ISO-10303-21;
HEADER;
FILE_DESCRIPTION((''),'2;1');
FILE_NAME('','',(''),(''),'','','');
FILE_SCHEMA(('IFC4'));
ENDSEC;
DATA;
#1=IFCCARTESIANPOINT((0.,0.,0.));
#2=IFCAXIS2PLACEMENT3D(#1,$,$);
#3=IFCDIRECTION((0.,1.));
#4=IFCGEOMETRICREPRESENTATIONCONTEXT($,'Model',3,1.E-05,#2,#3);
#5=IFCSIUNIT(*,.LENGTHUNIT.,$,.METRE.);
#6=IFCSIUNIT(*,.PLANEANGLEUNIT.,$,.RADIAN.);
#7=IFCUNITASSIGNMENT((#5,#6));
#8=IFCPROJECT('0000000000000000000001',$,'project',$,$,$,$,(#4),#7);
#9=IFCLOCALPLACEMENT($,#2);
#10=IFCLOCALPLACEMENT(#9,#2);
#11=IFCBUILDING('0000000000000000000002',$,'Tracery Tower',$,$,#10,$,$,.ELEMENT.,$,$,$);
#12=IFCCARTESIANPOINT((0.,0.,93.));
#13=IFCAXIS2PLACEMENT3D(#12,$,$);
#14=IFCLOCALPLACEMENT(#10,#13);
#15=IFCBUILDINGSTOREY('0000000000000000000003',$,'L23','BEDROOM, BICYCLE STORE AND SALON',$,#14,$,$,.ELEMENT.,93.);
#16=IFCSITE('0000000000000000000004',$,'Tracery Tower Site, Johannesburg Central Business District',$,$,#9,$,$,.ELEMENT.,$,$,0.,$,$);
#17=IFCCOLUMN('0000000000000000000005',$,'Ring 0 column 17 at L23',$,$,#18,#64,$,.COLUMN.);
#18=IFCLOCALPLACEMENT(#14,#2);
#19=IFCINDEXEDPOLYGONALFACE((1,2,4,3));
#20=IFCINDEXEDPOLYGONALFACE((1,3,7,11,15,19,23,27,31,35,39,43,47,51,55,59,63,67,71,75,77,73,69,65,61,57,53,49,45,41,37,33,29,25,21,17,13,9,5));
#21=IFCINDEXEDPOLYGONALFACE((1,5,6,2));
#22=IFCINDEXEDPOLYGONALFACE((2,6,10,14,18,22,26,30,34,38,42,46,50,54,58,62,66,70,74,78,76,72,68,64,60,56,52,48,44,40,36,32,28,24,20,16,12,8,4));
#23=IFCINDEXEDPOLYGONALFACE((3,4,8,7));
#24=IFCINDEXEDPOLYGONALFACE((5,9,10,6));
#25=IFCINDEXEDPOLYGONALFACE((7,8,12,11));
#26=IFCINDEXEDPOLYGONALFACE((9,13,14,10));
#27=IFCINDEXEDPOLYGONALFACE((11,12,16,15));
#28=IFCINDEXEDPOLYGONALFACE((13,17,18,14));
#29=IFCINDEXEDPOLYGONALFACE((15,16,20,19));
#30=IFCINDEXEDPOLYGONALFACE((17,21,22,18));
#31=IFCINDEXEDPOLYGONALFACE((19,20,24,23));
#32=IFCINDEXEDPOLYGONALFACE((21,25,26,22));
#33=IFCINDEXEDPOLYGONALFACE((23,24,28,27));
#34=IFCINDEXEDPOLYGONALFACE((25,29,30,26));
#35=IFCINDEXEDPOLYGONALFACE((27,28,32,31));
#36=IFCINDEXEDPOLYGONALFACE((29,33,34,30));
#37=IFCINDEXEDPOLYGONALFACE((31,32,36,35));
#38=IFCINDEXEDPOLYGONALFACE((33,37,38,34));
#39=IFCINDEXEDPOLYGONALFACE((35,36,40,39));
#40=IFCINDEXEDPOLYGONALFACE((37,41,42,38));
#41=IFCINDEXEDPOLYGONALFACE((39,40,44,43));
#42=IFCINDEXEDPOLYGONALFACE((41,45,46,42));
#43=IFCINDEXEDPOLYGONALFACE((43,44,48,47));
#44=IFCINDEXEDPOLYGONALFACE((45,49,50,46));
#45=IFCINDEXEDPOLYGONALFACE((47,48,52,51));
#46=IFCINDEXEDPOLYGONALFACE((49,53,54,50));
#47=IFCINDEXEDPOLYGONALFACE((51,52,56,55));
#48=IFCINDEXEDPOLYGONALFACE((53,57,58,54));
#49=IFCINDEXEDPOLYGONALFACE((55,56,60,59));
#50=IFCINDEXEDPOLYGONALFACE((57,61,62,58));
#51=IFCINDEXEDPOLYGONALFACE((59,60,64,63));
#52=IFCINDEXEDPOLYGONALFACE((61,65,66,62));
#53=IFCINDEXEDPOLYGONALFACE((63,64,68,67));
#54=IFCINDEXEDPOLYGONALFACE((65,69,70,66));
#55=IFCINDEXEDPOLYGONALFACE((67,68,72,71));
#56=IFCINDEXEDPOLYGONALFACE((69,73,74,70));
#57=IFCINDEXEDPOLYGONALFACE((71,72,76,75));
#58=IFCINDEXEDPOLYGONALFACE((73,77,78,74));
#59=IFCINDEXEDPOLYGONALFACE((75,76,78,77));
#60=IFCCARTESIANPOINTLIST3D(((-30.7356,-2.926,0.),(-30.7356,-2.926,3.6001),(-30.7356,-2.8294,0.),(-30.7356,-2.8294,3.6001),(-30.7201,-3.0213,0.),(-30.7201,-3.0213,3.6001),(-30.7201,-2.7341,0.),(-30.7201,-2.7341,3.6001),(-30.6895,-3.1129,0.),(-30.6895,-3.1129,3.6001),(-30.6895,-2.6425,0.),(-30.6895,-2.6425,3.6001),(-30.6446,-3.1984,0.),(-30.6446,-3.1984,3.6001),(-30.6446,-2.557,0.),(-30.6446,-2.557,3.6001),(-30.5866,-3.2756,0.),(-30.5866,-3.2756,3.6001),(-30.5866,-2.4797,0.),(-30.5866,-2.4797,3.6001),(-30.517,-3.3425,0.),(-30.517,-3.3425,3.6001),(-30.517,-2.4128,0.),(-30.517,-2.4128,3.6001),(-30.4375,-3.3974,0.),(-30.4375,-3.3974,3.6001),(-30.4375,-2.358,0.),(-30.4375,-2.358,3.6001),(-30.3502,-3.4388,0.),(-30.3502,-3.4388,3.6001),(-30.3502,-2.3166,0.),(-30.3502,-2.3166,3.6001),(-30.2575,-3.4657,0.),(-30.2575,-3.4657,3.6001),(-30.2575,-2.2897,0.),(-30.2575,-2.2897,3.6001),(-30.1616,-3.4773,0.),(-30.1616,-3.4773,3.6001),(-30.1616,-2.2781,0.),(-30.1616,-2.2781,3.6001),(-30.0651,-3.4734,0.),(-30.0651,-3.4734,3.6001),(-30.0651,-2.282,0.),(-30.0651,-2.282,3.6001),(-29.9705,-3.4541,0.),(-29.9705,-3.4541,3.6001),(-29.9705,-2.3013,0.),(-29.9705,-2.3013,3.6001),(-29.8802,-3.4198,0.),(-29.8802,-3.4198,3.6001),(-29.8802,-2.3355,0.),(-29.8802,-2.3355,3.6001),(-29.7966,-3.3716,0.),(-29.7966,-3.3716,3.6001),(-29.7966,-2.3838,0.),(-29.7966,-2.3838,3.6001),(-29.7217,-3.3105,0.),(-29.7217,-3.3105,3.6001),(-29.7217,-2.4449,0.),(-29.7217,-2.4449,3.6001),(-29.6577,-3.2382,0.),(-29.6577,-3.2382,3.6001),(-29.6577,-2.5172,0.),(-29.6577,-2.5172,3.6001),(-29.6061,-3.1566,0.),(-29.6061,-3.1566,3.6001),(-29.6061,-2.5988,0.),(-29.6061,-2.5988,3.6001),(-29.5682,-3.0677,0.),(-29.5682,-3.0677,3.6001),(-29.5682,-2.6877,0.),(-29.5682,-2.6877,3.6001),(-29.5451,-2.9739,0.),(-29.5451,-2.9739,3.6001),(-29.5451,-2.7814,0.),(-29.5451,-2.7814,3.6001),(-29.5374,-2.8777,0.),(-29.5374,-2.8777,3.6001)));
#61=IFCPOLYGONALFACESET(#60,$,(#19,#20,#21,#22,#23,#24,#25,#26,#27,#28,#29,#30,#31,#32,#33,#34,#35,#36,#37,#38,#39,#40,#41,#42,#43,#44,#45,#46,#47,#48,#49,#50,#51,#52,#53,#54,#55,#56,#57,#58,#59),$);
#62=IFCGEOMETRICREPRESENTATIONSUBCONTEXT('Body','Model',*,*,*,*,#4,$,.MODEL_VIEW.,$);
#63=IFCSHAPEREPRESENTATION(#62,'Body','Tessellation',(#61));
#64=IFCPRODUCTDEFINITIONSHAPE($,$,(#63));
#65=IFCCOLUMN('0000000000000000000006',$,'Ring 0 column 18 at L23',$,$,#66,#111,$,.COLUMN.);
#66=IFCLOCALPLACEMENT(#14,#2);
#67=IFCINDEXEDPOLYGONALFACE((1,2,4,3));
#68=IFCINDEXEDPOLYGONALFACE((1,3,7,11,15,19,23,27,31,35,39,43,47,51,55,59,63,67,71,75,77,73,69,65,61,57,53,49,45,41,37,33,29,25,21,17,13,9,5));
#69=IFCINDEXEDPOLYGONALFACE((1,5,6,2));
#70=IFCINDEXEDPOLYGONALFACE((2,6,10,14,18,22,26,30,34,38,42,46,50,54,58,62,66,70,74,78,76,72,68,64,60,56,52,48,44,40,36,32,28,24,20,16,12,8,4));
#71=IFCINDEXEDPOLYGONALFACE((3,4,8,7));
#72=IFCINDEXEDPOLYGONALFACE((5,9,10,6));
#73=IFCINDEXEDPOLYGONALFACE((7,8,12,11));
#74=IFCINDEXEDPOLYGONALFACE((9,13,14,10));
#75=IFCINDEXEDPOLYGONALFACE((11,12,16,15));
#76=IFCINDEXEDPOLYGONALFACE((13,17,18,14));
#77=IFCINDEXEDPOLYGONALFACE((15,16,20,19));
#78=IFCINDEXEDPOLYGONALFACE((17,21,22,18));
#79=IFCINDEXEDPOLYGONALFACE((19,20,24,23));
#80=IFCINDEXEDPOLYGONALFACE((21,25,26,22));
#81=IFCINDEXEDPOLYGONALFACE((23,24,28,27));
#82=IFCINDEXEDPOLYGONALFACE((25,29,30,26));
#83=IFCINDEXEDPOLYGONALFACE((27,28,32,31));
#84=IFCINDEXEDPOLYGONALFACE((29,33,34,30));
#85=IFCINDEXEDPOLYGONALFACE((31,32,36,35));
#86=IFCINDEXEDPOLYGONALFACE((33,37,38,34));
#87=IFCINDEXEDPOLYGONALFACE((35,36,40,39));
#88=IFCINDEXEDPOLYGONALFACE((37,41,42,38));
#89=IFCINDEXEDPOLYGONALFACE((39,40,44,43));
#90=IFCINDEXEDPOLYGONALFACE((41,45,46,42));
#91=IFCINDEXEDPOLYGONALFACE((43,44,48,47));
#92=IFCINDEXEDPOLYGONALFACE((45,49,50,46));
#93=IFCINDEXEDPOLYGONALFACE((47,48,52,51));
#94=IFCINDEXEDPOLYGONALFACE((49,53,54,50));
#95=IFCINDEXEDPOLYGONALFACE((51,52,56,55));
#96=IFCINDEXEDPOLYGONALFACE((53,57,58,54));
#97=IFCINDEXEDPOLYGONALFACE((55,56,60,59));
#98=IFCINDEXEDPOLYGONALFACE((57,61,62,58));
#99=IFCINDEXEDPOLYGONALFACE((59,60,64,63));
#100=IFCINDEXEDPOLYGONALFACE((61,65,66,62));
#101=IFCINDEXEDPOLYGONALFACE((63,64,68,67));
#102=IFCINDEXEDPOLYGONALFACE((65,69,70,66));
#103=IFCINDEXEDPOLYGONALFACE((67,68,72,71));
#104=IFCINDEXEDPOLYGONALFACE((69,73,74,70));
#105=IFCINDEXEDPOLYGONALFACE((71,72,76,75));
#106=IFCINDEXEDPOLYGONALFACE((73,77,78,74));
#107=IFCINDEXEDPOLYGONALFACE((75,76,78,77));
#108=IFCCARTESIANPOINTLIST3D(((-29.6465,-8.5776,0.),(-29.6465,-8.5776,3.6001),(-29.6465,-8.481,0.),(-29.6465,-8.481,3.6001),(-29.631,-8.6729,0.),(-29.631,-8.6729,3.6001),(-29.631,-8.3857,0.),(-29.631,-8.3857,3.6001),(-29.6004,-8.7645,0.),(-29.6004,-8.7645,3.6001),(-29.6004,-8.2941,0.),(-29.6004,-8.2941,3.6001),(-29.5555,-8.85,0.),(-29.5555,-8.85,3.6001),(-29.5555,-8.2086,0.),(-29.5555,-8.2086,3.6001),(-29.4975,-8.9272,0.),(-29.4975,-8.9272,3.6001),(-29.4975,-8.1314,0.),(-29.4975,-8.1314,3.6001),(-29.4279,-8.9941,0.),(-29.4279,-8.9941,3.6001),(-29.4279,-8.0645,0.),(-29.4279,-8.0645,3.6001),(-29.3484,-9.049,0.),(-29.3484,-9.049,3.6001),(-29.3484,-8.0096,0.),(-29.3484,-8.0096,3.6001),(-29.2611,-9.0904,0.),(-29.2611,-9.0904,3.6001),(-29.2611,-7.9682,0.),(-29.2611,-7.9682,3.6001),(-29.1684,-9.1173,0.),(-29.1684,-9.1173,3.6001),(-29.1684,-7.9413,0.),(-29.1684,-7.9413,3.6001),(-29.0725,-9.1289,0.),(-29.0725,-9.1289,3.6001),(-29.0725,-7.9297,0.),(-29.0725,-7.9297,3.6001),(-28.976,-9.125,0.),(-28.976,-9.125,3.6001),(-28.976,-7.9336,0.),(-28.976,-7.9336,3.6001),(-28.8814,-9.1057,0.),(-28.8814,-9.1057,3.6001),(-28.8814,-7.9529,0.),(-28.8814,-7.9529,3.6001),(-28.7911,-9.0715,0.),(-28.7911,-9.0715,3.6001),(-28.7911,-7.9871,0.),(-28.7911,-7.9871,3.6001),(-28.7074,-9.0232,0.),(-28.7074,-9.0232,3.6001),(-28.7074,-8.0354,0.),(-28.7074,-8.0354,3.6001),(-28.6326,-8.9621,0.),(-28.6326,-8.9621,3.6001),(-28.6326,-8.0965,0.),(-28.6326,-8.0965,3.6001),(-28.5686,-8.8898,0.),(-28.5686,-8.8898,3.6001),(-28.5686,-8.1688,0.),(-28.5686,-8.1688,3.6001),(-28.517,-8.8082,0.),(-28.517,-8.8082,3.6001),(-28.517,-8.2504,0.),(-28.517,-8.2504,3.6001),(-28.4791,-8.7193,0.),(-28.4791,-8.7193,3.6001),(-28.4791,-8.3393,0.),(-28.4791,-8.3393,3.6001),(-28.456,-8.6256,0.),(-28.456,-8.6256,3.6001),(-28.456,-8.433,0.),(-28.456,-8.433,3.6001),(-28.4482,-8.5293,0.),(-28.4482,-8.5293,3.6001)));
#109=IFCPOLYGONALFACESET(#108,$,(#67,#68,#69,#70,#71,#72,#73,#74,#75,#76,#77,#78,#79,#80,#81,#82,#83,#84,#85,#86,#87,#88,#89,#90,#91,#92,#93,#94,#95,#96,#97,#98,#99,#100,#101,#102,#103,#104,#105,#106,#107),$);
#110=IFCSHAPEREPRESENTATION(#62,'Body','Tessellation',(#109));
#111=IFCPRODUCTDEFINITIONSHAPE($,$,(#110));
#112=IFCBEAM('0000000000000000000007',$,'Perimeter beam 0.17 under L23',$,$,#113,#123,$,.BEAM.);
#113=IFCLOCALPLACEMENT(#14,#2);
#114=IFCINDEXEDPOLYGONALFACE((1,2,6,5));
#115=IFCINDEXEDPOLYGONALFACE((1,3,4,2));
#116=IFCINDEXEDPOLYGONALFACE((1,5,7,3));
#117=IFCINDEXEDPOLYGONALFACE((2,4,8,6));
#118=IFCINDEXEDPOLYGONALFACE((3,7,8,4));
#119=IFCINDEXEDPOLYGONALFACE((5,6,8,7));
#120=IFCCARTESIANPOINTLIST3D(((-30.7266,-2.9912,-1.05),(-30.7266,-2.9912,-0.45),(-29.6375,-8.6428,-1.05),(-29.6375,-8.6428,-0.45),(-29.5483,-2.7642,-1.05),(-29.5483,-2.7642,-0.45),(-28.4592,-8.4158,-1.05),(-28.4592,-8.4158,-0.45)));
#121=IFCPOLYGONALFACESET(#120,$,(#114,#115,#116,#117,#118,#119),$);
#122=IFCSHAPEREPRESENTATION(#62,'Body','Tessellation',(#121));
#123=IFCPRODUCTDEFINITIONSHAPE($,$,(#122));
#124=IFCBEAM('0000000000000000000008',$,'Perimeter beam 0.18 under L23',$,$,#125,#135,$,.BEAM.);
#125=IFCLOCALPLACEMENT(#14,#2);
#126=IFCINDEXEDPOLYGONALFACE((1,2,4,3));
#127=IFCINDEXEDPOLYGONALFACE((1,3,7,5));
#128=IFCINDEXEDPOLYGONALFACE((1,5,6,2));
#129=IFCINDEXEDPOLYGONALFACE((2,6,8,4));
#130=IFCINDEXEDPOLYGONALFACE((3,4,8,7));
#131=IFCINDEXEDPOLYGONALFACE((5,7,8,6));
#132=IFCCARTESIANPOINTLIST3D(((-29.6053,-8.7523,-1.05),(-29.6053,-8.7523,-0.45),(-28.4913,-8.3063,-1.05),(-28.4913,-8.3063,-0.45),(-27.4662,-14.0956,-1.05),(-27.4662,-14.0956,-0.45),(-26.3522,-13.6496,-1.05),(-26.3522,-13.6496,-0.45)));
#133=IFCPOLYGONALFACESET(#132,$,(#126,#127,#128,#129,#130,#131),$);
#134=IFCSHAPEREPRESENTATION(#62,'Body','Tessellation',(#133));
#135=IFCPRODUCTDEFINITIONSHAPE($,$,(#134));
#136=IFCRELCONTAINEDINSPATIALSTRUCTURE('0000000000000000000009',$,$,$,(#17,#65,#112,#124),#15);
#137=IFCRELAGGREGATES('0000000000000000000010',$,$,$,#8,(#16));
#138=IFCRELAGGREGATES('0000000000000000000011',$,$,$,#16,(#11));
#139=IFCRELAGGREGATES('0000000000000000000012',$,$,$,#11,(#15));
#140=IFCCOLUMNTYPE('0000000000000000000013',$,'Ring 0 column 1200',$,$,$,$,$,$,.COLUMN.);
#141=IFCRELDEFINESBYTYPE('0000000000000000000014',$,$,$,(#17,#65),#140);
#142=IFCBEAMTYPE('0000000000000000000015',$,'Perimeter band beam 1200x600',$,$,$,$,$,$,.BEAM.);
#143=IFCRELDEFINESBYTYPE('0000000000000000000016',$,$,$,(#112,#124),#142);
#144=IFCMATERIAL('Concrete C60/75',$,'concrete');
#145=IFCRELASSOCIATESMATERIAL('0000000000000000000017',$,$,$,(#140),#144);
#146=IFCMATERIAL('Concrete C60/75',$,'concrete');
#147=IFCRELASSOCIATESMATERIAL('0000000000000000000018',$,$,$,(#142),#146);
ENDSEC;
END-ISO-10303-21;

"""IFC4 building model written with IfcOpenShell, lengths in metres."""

from ifc_helpers import new_model, si_unit, direction, frame, origin, origin_2d, place, context, subcontext, project, spatial, rectangle, circle, extrude, material, material_profile, profile_set, type_object, element, save


model = new_model("IFC4")

# Units and contexts
model_context = context("Model", 3, precision=1e-05, world=origin(), true_north=direction((0.0, 1.0)))
body_context = subcontext(model_context, "Body", "Model", "MODEL_VIEW")
ifc_project = project(units=[si_unit("LENGTHUNIT", "METRE"), si_unit("PLANEANGLEUNIT", "RADIAN")], contexts=[model_context])

# Site, building, storey
site_placement = place(None, origin())
site = spatial("IfcSite", under=ifc_project, at=site_placement, Name="Tracery Tower Site, Johannesburg Central Business District", CompositionType="ELEMENT", RefElevation=0.0)
building_placement = place(site_placement, origin())
building = spatial("IfcBuilding", under=site, at=building_placement, Name="Tracery Tower", CompositionType="ELEMENT")
storey_placement = place(building_placement, frame((0.0, 0.0, 93.0)))
storey = spatial("IfcBuildingStorey", under=building, at=storey_placement, Name="L23", Description="BEDROOM, BICYCLE STORE AND SALON", CompositionType="ELEMENT", Elevation=93.0)

# Columns
ifc_material_1 = material(Name="Concrete C60/75", Category="concrete")
ifc_material_profile_1 = material_profile(ifc_material_1, circle(Radius=0.6001, at=origin_2d()), Name="RC D1200")
ifc_profile_set_1 = profile_set([ifc_material_profile_1], Name="Concrete C60/75")
column_type = type_object("IfcColumnType", Name="Ring 0 column 1200", PredefinedType="COLUMN", material=ifc_profile_set_1)
for number, where, z_axis, x_axis, name in (
    (1, (-30.1375, -2.8777, 0.0), (0.0, 0.0, 1.0), (1.0, 0.0, 0.0), "Ring 0 column 17 at L23"),
    (2, (-29.0483, -8.5293, 0.0), (0.0, 0.0, 1.0), (1.0, 0.0, 0.0), "Ring 0 column 18 at L23"),
):
    element("IfcColumn", number, at=place(storey_placement, frame(where, z_axis=z_axis, x_axis=x_axis)), inside=storey, type_object=column_type, Name=name, PredefinedType="COLUMN", context=body_context, shape_type="SweptSolid", body=[
        extrude(circle(Radius=0.6001, at=origin_2d()), origin(), (0.0, 0.0, 1.0), 3.6001),
    ])

# Beams
ifc_material_2 = material(Name="Concrete C60/75", Category="concrete")
ifc_material_profile_2 = material_profile(ifc_material_2, rectangle(XDim=1.2, YDim=0.6001, at=origin_2d()), Name="RC 1200x600")
ifc_profile_set_2 = profile_set([ifc_material_profile_2], Name="Concrete C60/75")
beam_type = type_object("IfcBeamType", Name="Perimeter band beam 1200x600", PredefinedType="BEAM", material=ifc_profile_set_2)
for number, where, z_axis, x_axis, name in (
    (3, (-30.1375, -2.8777, -0.75), (0.189227, -0.981933, 0.0), (0.981933, 0.189227, 0.0), "Perimeter beam 0.17 under L23"),
    (4, (-29.0483, -8.5293, -0.75), (0.371669, -0.928365, 0.0), (0.928365, 0.371669, 0.0), "Perimeter beam 0.18 under L23"),
):
    element("IfcBeam", number, at=place(storey_placement, frame(where, z_axis=z_axis, x_axis=x_axis)), inside=storey, type_object=beam_type, Name=name, PredefinedType="BEAM", context=body_context, shape_type="SweptSolid", body=[
        extrude(rectangle(XDim=1.2, YDim=0.6001, at=origin_2d()), origin(), (0.0, 0.0, 1.0), 5.7556),
    ])

save(model, "model.ifc")
